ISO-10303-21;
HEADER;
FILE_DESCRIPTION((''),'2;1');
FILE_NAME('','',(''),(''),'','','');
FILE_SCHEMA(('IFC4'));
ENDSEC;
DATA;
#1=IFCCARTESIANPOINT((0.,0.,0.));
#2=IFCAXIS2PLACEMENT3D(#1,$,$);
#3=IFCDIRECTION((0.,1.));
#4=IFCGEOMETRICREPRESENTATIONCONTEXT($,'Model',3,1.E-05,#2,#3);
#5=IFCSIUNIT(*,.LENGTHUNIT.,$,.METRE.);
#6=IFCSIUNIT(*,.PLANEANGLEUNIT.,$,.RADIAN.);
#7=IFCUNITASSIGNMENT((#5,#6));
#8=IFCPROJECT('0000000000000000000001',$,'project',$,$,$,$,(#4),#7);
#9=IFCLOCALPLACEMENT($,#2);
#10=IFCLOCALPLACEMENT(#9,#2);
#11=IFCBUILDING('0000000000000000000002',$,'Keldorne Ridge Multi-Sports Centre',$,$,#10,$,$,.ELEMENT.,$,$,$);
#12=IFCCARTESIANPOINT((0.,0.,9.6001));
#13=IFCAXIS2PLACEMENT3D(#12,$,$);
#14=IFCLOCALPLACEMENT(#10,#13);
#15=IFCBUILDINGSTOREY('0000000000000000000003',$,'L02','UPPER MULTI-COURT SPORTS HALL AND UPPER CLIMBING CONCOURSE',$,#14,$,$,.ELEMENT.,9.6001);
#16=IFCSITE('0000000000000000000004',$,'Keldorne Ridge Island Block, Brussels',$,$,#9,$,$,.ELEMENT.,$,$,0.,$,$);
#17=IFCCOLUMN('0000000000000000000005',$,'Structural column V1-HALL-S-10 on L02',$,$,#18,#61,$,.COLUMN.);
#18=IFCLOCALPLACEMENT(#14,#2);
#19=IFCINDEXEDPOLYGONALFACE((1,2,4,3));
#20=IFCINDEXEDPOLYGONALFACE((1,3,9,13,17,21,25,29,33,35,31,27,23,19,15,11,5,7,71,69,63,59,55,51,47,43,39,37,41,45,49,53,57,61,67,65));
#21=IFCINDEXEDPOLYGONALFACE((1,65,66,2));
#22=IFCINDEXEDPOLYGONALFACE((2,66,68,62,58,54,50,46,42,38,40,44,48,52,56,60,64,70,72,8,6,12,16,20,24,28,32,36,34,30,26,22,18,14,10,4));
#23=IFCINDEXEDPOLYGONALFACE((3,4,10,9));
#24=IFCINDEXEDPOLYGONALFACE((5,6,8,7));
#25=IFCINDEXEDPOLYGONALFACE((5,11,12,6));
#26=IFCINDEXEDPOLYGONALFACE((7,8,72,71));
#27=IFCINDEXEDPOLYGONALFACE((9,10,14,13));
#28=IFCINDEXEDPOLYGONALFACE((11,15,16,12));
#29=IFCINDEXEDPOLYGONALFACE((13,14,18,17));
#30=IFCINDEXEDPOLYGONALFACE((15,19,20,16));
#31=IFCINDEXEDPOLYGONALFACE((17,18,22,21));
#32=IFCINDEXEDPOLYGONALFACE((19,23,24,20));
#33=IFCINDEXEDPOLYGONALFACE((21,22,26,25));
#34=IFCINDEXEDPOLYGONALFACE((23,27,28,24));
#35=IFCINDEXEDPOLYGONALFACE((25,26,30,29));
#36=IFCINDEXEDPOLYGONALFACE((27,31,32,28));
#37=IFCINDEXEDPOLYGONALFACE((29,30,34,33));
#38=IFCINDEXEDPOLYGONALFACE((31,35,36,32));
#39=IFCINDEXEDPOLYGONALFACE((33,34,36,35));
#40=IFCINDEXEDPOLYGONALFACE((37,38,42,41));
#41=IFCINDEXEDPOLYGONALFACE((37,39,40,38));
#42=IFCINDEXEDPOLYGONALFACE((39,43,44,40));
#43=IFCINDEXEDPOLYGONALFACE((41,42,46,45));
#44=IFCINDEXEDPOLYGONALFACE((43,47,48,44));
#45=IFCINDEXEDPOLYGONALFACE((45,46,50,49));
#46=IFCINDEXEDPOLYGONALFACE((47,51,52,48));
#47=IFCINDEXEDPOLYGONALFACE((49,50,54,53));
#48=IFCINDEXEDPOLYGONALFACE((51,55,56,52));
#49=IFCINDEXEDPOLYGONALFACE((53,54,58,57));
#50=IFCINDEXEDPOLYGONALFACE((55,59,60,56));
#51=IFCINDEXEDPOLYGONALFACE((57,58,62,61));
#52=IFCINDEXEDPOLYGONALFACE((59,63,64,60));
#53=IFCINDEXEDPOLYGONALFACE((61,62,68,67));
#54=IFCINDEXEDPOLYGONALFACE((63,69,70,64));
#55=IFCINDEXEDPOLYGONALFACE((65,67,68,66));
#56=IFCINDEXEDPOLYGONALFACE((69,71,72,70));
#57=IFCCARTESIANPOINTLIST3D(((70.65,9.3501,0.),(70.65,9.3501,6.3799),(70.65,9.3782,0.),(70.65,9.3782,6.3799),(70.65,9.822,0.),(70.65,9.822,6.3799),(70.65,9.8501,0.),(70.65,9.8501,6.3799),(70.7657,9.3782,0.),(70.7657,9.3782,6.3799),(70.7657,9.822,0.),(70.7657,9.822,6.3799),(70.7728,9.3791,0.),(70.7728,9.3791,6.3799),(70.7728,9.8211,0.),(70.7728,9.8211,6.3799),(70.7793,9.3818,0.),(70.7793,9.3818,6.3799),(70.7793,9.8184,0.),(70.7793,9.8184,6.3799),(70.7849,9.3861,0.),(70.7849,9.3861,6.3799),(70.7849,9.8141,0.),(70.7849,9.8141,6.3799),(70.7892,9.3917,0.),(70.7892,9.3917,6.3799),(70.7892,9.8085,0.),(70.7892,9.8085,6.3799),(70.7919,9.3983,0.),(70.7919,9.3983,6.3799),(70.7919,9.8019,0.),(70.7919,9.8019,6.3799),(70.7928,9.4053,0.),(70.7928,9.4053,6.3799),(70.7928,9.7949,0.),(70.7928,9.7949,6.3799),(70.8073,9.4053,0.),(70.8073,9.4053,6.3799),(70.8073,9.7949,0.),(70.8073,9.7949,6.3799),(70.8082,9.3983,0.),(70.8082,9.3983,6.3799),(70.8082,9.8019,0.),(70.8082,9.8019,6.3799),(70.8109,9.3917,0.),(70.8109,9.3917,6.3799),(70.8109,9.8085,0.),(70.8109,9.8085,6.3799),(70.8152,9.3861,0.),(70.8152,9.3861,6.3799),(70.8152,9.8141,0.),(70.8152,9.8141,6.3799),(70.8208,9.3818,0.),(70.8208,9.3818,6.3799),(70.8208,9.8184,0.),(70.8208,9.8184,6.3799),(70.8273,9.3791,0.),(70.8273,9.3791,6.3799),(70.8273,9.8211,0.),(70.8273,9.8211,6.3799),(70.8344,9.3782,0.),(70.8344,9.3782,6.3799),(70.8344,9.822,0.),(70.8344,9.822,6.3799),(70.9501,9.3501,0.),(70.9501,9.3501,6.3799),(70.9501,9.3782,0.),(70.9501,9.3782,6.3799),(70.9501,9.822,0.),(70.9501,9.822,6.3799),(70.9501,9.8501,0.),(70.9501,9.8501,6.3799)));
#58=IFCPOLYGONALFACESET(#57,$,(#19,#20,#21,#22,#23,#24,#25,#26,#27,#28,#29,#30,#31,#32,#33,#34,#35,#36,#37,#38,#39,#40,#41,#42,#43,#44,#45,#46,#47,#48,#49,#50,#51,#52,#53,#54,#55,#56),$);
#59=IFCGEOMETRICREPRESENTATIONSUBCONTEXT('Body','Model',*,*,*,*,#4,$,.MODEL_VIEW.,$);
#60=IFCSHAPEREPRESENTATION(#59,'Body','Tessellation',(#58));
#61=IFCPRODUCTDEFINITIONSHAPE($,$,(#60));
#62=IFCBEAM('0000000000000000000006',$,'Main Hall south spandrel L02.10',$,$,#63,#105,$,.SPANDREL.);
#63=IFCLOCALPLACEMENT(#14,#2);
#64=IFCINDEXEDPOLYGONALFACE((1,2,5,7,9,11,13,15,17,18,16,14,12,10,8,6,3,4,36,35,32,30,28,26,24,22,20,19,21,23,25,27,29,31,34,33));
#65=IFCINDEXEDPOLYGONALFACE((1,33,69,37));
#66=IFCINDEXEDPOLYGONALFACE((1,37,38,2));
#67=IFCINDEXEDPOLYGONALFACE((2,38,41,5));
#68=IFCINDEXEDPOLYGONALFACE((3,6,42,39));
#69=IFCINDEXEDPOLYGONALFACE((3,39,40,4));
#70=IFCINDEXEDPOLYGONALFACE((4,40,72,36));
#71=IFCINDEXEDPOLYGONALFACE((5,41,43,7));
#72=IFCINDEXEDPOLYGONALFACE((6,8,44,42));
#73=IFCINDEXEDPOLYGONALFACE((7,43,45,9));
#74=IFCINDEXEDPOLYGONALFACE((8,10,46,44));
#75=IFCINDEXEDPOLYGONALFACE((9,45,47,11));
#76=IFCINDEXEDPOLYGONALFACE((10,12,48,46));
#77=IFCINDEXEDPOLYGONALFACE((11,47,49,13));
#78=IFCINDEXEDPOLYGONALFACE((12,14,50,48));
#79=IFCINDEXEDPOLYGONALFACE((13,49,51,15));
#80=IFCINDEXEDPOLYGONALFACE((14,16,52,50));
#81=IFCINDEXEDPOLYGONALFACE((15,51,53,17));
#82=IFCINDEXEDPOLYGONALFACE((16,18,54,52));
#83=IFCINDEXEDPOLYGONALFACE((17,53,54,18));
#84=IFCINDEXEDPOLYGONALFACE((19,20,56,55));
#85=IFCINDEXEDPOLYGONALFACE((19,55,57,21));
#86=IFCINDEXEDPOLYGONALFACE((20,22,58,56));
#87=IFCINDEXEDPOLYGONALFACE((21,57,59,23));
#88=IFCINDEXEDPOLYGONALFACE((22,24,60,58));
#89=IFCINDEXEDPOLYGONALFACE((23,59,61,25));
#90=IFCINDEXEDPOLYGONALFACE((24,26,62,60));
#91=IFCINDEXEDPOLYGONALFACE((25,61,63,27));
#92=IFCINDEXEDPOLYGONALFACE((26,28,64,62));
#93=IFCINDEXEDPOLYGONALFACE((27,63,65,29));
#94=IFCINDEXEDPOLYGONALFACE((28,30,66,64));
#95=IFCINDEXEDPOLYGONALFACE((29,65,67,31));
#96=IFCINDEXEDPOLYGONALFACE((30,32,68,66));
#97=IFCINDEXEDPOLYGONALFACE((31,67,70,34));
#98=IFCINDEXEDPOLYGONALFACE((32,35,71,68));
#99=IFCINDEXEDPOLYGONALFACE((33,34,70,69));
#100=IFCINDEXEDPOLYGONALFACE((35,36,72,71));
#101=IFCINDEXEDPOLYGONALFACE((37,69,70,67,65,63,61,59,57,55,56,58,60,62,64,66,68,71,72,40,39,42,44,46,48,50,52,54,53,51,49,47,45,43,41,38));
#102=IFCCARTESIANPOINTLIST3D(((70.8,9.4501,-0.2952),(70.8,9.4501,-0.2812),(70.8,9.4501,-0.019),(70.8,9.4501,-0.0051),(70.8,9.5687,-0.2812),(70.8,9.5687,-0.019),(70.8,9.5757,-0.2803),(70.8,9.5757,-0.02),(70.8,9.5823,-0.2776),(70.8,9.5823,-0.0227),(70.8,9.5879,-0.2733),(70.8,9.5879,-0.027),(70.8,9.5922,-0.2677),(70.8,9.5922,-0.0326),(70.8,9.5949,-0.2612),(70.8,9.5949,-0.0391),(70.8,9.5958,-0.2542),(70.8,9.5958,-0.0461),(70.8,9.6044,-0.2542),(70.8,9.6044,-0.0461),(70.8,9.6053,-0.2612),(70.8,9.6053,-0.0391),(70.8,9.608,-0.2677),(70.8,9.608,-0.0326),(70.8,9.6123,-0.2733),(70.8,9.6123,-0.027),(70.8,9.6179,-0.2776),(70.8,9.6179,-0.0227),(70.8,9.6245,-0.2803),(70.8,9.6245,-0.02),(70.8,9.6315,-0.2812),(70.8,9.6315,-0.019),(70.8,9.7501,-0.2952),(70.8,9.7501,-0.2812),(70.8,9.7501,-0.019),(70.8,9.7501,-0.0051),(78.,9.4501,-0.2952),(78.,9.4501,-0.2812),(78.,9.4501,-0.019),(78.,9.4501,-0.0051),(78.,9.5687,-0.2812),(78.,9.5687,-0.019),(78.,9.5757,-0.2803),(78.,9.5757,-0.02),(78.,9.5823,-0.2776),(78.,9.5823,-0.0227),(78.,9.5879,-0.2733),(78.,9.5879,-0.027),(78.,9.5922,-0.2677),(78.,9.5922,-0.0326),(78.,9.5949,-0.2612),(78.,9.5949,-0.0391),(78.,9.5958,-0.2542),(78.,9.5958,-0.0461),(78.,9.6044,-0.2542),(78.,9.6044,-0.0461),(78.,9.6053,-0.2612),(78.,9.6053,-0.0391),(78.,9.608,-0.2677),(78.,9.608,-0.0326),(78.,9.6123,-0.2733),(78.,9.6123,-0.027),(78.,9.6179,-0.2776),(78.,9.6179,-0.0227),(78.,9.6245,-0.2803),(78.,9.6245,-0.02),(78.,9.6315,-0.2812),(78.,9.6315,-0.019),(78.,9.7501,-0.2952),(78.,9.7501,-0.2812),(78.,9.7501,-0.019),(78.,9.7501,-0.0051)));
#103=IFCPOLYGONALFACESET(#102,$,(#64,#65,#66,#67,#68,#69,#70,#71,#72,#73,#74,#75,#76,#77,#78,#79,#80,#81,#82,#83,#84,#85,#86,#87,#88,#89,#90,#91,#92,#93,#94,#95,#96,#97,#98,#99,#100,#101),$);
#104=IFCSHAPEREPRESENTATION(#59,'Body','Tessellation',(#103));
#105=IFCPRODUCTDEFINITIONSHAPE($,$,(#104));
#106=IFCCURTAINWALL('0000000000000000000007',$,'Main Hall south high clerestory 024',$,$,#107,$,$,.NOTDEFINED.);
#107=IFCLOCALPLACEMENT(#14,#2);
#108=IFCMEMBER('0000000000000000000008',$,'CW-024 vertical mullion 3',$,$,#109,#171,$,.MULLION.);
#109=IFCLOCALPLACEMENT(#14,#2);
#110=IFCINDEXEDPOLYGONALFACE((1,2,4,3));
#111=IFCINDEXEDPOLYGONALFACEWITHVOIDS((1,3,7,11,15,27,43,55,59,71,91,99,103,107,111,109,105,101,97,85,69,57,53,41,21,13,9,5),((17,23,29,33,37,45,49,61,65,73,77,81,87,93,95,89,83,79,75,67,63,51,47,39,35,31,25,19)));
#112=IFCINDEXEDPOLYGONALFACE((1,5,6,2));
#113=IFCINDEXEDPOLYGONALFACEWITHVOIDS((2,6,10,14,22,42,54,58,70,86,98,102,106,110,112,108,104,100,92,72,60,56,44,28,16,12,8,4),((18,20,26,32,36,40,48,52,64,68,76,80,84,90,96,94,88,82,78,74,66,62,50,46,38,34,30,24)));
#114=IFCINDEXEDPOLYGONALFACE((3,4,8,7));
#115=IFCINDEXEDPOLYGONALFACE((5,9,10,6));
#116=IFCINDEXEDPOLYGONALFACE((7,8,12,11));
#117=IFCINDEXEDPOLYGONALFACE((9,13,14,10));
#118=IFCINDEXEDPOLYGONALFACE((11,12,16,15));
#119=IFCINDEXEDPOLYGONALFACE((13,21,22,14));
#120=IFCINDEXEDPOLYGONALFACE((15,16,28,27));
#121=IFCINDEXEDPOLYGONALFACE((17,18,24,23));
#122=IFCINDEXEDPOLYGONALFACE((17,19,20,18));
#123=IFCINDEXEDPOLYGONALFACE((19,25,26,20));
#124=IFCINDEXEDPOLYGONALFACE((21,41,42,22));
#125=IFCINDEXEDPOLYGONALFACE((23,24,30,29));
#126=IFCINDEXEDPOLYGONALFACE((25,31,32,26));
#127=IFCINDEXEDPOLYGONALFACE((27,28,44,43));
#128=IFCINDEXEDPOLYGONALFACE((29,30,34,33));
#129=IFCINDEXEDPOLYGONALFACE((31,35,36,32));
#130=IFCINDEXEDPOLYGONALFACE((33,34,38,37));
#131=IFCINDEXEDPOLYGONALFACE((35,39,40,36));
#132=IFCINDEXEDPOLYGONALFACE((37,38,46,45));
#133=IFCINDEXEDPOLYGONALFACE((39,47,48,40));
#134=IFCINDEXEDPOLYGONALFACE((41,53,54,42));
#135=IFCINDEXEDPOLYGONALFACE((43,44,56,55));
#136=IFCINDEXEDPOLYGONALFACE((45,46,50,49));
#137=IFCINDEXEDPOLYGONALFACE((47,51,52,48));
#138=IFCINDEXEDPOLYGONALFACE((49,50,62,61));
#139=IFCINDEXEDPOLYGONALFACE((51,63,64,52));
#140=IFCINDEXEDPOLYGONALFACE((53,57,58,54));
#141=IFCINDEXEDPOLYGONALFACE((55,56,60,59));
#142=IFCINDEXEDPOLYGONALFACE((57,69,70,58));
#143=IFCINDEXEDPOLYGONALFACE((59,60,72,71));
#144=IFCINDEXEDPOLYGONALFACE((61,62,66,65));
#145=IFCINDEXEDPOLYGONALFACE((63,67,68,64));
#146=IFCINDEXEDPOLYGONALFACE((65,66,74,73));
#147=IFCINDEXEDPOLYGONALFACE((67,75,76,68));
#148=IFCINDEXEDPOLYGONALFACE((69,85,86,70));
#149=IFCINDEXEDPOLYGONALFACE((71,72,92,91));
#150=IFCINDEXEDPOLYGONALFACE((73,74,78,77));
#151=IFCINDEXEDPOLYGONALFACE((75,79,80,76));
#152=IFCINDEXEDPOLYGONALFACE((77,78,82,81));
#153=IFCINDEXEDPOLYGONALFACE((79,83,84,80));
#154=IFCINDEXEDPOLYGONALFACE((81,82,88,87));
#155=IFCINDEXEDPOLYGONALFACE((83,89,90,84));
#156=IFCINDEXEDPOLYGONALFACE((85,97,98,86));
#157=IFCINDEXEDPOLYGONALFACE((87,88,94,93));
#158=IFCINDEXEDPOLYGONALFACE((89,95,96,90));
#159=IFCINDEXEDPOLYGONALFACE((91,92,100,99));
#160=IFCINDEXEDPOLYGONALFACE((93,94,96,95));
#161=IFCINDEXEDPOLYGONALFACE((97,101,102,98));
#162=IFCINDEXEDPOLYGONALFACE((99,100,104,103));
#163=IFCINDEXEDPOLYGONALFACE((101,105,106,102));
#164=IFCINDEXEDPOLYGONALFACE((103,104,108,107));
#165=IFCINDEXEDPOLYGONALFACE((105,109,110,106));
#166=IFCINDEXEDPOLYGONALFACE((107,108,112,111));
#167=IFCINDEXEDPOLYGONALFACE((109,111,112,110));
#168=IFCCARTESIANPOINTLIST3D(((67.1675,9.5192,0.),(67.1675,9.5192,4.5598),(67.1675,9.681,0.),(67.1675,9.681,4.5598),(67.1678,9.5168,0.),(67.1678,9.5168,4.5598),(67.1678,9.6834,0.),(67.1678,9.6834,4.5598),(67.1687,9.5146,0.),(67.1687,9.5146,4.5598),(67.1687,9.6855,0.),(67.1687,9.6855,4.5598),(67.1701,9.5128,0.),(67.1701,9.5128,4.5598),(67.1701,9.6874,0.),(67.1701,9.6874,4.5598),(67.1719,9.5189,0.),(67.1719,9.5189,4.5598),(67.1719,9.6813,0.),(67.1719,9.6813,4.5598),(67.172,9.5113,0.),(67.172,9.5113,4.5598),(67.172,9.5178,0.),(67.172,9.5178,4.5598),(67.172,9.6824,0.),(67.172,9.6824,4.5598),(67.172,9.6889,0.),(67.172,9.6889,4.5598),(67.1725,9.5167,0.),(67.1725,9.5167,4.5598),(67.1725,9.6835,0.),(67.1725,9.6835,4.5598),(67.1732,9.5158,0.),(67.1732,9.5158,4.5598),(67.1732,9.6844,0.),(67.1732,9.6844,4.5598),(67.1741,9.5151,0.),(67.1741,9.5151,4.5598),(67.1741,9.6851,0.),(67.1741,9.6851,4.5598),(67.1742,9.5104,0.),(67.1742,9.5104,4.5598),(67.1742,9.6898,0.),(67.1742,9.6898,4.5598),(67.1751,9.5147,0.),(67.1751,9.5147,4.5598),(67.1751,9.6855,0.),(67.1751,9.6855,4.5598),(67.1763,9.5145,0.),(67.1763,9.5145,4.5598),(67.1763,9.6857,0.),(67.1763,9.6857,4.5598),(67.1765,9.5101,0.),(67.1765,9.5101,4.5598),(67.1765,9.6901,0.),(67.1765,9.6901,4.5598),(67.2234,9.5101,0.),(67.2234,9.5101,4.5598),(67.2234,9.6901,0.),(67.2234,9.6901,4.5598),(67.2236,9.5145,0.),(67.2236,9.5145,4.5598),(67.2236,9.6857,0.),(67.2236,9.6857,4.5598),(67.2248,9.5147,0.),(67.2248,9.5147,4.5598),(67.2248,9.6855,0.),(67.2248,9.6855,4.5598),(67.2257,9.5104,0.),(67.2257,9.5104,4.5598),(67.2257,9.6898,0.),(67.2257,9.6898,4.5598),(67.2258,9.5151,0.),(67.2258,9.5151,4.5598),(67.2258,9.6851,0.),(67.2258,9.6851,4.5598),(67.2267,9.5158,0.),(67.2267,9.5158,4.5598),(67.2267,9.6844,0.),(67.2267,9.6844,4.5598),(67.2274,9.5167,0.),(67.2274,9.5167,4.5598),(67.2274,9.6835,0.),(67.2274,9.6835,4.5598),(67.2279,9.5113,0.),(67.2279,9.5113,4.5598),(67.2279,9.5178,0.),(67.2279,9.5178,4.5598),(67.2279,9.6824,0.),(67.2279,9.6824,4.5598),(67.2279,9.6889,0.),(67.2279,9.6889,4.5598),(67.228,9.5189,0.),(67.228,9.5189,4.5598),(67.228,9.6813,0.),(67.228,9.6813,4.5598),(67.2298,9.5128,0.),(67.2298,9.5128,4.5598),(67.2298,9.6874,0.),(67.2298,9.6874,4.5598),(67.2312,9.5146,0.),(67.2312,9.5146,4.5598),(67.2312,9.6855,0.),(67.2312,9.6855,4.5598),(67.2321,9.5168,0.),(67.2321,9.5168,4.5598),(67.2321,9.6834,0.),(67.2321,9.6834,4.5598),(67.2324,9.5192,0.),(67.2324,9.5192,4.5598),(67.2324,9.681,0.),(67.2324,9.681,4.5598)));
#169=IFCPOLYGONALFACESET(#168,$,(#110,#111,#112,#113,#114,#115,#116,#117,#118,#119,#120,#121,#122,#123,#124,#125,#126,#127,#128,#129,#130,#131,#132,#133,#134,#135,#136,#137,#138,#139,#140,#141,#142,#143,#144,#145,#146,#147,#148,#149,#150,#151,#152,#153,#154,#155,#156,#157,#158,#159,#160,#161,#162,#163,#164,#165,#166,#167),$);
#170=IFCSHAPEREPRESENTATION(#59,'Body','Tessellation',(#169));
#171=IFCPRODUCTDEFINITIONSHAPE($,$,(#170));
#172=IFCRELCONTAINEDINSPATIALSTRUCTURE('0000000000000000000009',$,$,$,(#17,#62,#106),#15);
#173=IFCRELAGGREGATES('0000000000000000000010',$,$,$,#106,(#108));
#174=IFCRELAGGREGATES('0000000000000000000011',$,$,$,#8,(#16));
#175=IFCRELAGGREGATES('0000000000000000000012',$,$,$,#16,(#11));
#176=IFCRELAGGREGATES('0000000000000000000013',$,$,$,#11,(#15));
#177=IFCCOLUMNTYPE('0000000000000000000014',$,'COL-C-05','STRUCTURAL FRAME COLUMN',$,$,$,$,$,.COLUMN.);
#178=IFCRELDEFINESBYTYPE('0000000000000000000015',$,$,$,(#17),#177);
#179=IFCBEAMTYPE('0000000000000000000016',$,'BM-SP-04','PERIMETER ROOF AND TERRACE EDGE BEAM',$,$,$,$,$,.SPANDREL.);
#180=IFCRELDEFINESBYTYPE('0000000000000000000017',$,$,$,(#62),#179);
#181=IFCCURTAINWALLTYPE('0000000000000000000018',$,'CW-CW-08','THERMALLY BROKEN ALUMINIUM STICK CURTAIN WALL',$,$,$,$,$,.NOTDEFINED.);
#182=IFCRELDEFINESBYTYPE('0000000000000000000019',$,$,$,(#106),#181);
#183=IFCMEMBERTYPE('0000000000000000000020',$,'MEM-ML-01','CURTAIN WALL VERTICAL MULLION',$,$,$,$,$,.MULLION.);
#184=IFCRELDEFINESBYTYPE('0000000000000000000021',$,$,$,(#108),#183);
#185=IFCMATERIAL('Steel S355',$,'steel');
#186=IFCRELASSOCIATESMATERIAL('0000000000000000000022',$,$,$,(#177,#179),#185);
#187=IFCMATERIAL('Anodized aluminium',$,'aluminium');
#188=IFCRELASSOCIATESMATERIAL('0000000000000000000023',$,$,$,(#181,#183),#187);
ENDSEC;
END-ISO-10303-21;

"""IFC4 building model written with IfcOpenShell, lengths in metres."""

from ifc_helpers import new_model, si_unit, direction, frame, origin, origin_2d, place, context, subcontext, project, spatial, hollow_rectangle, i_section, extrude, material, material_profile, profile_set, type_object, element, aggregate, save


model = new_model("IFC4")

# Units and contexts
model_context = context("Model", 3, precision=1e-05, world=origin(), true_north=direction((0.0, 1.0)))
body_context = subcontext(model_context, "Body", "Model", "MODEL_VIEW")
ifc_project = project(units=[si_unit("LENGTHUNIT", "METRE"), si_unit("PLANEANGLEUNIT", "RADIAN")], contexts=[model_context])

# Site, building, storey
site_placement = place(None, origin())
site = spatial("IfcSite", under=ifc_project, at=site_placement, Name="Keldorne Ridge Island Block, Brussels", CompositionType="ELEMENT", RefElevation=0.0)
building_placement = place(site_placement, origin())
building = spatial("IfcBuilding", under=site, at=building_placement, Name="Keldorne Ridge Multi-Sports Centre", CompositionType="ELEMENT")
storey_placement = place(building_placement, frame((0.0, 0.0, 9.6001)))
storey = spatial("IfcBuildingStorey", under=building, at=storey_placement, Name="L02", Description="UPPER MULTI-COURT SPORTS HALL AND UPPER CLIMBING CONCOURSE", CompositionType="ELEMENT", Elevation=9.6001)

# Column
ifc_material_1 = material(Name="Steel S355", Category="steel")
ifc_material_profile_1 = material_profile(ifc_material_1, i_section(OverallWidth=0.3, OverallDepth=0.5, WebThickness=0.0144, FlangeThickness=0.0281, FilletRadius=0.0271, at=origin_2d()), Name="HEB 500")
ifc_profile_set_1 = profile_set([ifc_material_profile_1], Name="Steel S355")
column_type = type_object("IfcColumnType", Name="COL-C-05", Description="STRUCTURAL FRAME COLUMN", PredefinedType="COLUMN", material=ifc_profile_set_1)
column_placement = place(storey_placement, frame((70.8, 9.6001, 0.0), z_axis=(0.0, 0.0, 1.0), x_axis=(1.0, 0.0, 0.0)))
element("IfcColumn", 1, at=column_placement, inside=storey, type_object=column_type, Name="Structural column V1-HALL-S-10 on L02", PredefinedType="COLUMN", context=body_context, shape_type="SweptSolid", body=[
    extrude(i_section(OverallWidth=0.3, OverallDepth=0.5, WebThickness=0.0144, FlangeThickness=0.0281, FilletRadius=0.0271, at=origin_2d()), origin(), (0.0, 0.0, 1.0), 6.3799),
])

# Beam
ifc_material_profile_2 = material_profile(ifc_material_1, i_section(OverallWidth=0.3, OverallDepth=0.29, WebThickness=0.0085, FlangeThickness=0.0139, FilletRadius=0.0271, at=origin_2d()), Name="HEA 300")
ifc_profile_set_2 = profile_set([ifc_material_profile_2], Name="Steel S355")
beam_type = type_object("IfcBeamType", Name="BM-SP-04", Description="PERIMETER ROOF AND TERRACE EDGE BEAM", PredefinedType="SPANDREL", material=ifc_profile_set_2)
beam_placement = place(storey_placement, frame((70.8, 9.6001, -0.1501), z_axis=(1.0, 0.0, 0.0), x_axis=(0.0, 1.0, 0.0)))
element("IfcBeam", 2, at=beam_placement, inside=storey, type_object=beam_type, Name="Main Hall south spandrel L02.10", PredefinedType="SPANDREL", context=body_context, shape_type="SweptSolid", body=[
    extrude(i_section(OverallWidth=0.3, OverallDepth=0.29, WebThickness=0.0085, FlangeThickness=0.0139, FilletRadius=0.0271, at=origin_2d()), origin(), (0.0, 0.0, 1.0), 7.2),
])

# Curtain wall, member
ifc_material_2 = material(Name="Anodized aluminium", Category="aluminium")
curtain_wall_type_1 = type_object("IfcCurtainWallType", Name="CW-CW-08", Description="THERMALLY BROKEN ALUMINIUM STICK CURTAIN WALL", PredefinedType="NOTDEFINED", material=ifc_material_2)
curtain_wall_1_placement = place(storey_placement, origin())
curtain_wall_1 = element("IfcCurtainWall", 3, at=curtain_wall_1_placement, inside=storey, type_object=curtain_wall_type_1, Name="Main Hall south high clerestory 024", PredefinedType="NOTDEFINED")
ifc_material_profile_3 = material_profile(ifc_material_2, hollow_rectangle(XDim=0.0649, YDim=0.1799, WallThickness=0.0044, InnerFilletRadius=0.0044, OuterFilletRadius=0.009, at=origin_2d()), Name="ALU MULLION 180x65x4.5")
ifc_profile_set_3 = profile_set([ifc_material_profile_3], Name="Anodized aluminium")
member_type_1 = type_object("IfcMemberType", Name="MEM-ML-01", Description="CURTAIN WALL VERTICAL MULLION", PredefinedType="MULLION", material=ifc_profile_set_3)
member_1_placement = place(storey_placement, frame((67.2, 9.6001, 0.0), z_axis=(0.0, 0.0, 1.0), x_axis=(1.0, 0.0, 0.0)))
member_1 = element("IfcMember", 4, at=member_1_placement, type_object=member_type_1, Name="CW-024 vertical mullion 3", PredefinedType="MULLION", context=body_context, shape_type="SweptSolid", body=[
    extrude(hollow_rectangle(XDim=0.0649, YDim=0.1799, WallThickness=0.0044, InnerFilletRadius=0.0044, OuterFilletRadius=0.009, at=origin_2d()), origin(), (0.0, 0.0, 1.0), 4.5598),
])

aggregate(curtain_wall_1, [member_1])

save(model, "model.ifc")
